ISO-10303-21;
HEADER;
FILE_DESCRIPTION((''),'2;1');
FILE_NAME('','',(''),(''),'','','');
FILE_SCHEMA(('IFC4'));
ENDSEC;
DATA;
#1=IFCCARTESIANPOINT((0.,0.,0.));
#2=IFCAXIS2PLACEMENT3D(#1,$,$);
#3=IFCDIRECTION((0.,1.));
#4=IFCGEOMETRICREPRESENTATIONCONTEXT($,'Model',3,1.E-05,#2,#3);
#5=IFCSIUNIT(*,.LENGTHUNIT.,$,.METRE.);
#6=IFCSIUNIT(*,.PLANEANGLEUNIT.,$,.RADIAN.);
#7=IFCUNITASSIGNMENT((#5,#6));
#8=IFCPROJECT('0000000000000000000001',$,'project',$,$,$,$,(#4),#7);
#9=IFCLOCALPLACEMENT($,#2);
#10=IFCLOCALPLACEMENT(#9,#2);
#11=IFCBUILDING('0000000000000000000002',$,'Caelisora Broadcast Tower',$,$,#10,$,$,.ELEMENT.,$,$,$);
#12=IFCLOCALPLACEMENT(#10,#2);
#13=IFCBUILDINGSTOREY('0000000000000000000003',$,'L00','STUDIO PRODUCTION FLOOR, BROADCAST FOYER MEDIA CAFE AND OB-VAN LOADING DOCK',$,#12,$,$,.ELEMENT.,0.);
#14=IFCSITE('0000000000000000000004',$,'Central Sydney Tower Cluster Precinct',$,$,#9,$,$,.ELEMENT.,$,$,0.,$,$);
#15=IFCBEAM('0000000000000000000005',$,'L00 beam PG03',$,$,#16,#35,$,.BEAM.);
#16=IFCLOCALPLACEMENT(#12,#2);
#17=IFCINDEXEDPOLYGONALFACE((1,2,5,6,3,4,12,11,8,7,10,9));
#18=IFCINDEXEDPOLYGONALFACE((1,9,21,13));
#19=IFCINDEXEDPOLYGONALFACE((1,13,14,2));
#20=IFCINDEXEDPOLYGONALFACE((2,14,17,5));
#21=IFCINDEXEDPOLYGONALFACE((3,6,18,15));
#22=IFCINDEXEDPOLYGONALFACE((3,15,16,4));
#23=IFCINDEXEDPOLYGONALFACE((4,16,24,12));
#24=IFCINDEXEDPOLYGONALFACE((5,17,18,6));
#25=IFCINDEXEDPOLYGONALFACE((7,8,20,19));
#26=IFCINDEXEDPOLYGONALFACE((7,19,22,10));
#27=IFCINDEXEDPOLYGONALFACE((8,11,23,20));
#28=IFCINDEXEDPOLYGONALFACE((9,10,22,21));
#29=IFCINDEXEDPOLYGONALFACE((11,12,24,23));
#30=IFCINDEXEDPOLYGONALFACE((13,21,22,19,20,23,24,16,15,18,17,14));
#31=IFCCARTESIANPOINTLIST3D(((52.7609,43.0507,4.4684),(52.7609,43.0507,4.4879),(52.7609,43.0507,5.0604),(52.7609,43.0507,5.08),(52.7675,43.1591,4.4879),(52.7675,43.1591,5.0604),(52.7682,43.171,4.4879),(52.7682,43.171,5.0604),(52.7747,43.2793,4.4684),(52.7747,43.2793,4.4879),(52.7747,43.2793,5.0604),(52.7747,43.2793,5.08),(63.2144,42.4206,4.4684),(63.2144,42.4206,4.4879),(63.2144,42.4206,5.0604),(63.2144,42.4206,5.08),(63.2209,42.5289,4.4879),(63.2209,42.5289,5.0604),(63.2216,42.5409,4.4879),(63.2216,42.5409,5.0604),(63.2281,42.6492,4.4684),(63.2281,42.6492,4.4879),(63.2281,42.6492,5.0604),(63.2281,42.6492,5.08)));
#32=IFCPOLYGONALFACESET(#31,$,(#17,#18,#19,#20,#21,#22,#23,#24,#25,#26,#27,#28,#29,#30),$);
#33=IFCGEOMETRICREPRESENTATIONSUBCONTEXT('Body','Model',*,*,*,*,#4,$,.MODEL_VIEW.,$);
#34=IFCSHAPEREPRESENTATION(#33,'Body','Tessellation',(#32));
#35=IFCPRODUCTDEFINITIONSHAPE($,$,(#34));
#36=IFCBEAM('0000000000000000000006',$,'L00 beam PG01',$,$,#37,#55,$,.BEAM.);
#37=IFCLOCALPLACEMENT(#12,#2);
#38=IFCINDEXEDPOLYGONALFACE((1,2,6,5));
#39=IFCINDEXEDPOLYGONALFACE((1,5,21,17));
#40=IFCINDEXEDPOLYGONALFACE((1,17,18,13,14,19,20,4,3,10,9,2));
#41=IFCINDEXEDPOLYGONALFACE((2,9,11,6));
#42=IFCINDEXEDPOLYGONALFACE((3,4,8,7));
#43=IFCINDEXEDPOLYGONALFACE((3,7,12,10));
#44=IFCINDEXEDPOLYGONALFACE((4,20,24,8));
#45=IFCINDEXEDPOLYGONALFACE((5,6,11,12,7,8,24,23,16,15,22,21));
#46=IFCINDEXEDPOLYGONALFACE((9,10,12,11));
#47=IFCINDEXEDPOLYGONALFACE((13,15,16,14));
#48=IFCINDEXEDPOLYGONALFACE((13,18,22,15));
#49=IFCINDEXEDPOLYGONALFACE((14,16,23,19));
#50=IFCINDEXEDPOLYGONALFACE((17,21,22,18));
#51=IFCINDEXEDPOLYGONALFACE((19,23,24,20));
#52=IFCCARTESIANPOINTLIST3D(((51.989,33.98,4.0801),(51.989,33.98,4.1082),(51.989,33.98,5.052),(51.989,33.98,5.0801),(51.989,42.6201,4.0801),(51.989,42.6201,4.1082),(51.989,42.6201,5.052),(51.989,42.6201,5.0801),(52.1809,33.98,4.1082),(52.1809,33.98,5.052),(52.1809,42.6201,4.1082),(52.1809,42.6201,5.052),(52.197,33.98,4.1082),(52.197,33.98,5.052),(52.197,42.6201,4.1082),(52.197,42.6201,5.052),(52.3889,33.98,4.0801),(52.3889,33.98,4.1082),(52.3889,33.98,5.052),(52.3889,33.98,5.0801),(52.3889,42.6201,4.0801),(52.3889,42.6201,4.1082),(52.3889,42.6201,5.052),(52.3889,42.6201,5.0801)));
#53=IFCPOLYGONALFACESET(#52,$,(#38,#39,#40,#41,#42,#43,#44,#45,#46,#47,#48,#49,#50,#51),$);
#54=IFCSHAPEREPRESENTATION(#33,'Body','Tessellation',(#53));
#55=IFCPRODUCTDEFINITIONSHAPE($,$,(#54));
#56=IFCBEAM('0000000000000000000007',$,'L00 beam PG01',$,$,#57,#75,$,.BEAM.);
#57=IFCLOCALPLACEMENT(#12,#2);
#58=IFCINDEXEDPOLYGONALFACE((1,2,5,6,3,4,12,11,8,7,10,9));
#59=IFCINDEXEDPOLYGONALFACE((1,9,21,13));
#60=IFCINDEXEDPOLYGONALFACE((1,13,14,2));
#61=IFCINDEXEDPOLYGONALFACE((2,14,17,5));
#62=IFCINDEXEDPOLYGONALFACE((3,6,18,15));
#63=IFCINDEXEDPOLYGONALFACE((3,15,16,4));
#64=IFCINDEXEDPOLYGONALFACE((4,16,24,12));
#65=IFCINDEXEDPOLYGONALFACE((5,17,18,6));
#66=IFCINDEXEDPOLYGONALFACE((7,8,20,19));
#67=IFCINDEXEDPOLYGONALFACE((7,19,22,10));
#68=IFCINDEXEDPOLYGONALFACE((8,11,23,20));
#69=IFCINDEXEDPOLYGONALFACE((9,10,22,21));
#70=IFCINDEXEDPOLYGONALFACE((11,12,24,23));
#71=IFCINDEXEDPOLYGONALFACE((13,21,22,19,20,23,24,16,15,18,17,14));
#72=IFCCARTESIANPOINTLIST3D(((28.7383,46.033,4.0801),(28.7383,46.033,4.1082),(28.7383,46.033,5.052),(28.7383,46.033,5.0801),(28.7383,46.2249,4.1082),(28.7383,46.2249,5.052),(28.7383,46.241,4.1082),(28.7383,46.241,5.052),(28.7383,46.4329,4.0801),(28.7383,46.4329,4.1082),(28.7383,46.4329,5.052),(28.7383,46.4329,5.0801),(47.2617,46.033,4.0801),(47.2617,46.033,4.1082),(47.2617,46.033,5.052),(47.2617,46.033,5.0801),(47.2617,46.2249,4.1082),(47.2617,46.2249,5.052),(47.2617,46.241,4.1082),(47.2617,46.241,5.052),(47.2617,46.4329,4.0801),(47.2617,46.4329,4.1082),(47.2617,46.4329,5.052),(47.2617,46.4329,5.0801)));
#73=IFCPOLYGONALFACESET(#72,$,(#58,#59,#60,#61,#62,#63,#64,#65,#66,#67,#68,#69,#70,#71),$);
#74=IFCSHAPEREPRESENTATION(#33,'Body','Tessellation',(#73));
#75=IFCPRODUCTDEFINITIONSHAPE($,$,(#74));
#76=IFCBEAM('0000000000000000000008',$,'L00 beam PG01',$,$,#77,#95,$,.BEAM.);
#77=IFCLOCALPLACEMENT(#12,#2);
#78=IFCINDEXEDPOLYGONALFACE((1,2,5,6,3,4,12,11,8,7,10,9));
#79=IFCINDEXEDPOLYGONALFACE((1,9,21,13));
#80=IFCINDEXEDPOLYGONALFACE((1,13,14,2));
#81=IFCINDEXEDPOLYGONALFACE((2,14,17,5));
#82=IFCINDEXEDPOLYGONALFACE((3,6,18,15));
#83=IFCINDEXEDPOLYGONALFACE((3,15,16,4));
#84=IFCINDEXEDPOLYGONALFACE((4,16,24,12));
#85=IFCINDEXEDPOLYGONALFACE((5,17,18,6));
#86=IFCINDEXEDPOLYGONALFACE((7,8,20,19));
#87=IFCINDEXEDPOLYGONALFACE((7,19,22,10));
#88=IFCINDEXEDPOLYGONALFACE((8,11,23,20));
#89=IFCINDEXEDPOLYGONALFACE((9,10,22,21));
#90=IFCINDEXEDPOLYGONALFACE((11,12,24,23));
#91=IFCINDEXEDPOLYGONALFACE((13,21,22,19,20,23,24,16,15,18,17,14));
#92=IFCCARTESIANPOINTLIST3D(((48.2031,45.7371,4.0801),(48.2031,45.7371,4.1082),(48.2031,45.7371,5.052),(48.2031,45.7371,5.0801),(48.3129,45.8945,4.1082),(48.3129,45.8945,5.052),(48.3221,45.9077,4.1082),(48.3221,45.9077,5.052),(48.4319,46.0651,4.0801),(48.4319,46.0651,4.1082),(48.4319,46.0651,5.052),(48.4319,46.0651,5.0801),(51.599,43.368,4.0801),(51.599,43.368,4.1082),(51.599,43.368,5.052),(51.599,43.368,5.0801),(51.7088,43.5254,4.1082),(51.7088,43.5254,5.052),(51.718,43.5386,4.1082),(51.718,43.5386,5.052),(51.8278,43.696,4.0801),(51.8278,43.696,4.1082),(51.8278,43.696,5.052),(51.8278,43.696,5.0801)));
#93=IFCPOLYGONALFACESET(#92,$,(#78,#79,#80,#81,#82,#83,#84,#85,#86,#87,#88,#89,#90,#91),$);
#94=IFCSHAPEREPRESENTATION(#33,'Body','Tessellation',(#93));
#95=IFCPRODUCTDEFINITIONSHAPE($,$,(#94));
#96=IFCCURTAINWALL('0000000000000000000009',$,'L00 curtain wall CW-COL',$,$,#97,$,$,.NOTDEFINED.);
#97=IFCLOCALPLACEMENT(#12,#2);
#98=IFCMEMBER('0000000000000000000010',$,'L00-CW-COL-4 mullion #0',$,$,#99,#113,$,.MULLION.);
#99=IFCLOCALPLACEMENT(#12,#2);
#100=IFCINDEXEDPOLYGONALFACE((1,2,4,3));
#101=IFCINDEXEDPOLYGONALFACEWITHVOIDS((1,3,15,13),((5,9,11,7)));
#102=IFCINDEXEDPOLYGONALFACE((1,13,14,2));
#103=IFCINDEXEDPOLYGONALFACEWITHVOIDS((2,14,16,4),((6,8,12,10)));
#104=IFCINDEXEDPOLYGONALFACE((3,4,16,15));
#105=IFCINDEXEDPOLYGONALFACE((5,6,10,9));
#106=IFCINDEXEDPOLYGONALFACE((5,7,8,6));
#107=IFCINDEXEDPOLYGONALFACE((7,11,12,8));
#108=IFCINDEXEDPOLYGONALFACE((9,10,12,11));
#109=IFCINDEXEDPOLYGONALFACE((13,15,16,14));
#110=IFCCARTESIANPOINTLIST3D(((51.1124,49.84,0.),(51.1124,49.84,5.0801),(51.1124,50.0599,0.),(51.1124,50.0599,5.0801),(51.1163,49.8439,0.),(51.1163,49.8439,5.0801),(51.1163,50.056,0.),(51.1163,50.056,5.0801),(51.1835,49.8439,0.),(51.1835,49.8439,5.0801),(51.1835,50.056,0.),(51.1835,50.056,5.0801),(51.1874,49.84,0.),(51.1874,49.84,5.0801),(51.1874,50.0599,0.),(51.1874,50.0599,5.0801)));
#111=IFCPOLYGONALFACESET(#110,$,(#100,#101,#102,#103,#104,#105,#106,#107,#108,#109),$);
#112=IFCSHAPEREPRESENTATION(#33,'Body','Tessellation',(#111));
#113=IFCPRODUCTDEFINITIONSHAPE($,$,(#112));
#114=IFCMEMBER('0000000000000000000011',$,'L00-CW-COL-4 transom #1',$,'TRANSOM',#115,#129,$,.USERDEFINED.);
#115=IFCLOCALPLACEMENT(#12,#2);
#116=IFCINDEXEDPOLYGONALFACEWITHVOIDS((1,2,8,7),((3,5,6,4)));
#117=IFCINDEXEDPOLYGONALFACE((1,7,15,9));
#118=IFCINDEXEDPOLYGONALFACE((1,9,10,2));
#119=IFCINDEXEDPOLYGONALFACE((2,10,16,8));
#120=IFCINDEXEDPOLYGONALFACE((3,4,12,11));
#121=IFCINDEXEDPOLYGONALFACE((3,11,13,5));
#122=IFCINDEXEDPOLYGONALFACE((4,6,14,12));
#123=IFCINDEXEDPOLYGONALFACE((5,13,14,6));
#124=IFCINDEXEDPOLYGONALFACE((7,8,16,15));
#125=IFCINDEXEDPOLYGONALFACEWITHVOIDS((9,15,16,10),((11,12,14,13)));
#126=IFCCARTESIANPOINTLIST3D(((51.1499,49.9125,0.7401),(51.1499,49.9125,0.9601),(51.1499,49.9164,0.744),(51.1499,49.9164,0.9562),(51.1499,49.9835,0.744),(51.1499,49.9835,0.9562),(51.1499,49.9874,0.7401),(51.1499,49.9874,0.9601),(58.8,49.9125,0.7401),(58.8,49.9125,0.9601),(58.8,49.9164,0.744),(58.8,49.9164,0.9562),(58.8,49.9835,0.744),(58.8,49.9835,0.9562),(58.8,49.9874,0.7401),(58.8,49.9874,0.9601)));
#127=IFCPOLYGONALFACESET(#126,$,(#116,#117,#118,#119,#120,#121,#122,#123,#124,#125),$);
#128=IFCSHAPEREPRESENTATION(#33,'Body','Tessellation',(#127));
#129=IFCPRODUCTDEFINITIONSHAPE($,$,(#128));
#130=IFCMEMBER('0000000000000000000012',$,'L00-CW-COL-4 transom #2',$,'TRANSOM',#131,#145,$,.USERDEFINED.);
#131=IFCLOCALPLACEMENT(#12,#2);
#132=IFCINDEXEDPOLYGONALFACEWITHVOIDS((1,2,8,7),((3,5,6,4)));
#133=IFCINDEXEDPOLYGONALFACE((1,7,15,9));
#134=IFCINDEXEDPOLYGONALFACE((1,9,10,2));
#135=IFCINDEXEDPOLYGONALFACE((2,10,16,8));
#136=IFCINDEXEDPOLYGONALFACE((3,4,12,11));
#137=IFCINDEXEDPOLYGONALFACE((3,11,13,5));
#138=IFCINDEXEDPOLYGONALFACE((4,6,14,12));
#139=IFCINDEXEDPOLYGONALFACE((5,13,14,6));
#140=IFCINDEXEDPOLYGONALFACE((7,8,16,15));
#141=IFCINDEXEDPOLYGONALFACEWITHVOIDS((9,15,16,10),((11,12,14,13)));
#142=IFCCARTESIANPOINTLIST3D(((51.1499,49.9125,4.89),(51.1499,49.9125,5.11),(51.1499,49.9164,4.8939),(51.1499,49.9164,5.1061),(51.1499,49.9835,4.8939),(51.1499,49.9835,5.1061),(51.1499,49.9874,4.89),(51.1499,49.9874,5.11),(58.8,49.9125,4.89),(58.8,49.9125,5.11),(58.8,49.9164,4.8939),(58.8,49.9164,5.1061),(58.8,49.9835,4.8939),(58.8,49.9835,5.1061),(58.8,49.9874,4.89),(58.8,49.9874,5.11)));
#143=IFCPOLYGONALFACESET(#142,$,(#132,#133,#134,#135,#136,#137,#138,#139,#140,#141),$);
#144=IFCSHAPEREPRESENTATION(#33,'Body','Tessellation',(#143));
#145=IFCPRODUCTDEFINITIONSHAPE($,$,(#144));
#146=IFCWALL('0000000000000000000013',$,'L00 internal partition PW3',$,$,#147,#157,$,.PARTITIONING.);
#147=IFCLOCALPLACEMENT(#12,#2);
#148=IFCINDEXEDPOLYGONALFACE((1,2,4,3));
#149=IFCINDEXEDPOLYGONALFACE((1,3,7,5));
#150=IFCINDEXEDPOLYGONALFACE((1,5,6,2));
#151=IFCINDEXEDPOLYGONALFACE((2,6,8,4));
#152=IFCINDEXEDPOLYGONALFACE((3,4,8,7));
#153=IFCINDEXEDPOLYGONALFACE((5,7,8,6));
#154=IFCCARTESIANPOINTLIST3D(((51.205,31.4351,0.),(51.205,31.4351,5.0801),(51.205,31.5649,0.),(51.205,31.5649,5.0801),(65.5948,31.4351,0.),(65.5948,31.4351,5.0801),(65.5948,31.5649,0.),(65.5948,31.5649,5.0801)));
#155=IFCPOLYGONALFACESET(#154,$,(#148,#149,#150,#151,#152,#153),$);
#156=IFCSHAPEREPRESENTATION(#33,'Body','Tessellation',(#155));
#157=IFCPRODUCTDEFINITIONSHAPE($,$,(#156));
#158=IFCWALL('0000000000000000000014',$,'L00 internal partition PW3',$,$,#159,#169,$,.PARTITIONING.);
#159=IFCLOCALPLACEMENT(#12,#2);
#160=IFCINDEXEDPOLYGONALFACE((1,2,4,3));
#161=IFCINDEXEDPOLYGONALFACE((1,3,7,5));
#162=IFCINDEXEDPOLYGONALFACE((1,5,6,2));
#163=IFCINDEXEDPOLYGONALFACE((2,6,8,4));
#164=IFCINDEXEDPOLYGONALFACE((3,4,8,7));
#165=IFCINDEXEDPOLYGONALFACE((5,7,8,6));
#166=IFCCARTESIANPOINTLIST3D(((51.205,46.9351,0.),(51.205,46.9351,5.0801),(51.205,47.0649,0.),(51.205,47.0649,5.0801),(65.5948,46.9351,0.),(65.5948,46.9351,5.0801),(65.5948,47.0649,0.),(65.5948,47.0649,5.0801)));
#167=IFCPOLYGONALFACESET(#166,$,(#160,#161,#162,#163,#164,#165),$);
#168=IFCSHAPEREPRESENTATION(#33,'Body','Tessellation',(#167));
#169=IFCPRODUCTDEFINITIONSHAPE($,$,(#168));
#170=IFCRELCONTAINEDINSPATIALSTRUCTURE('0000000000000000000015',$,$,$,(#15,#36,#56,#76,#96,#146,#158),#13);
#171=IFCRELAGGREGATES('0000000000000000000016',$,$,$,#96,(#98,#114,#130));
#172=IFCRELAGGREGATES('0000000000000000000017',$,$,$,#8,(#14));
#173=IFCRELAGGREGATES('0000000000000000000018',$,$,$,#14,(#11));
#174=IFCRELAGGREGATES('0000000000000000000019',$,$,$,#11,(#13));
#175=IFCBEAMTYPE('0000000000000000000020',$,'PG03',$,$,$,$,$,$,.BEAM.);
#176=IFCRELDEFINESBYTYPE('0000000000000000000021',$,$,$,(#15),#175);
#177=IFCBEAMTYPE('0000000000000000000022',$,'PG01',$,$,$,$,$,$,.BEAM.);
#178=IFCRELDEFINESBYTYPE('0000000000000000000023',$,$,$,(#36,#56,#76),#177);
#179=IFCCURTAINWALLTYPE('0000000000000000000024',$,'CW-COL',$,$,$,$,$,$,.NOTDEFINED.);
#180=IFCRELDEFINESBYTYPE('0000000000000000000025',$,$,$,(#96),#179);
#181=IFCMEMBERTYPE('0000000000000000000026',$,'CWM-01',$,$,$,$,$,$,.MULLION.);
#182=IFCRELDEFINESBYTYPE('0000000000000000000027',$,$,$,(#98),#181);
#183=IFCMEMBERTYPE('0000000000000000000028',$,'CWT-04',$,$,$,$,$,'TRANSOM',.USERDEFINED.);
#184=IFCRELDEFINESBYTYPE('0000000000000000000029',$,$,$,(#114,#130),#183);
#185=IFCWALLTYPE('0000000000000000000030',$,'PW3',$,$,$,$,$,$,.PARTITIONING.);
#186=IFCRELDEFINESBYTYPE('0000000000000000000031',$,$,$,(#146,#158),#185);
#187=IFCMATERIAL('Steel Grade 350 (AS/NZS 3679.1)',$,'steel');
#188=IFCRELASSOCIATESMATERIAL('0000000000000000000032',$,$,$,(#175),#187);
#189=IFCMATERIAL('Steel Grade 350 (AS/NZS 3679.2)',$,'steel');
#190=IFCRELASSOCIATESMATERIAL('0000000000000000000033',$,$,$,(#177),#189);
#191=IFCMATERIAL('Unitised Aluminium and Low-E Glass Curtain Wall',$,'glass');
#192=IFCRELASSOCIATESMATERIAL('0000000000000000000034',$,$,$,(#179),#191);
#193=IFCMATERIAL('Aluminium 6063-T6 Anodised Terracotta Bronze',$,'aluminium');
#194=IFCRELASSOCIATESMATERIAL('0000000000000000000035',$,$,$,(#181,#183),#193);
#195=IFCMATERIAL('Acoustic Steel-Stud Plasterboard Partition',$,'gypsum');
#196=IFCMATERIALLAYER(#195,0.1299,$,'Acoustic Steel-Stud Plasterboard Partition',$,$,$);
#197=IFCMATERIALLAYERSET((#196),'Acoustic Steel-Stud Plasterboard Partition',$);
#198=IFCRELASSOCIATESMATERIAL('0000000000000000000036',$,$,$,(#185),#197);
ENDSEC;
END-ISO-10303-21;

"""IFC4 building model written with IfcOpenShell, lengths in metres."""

from ifc_helpers import new_model, si_unit, direction, frame, frame_2d, origin, origin_2d, place, context, subcontext, project, spatial, rectangle, hollow_rectangle, i_section, extrude, source, transform, mapped, material, layer, layer_set, material_profile, profile_set, type_object, type_shapes, element, aggregate, save


model = new_model("IFC4")

# Units and contexts
model_context = context("Model", 3, precision=1e-05, world=origin(), true_north=direction((0.0, 1.0)))
body_context = subcontext(model_context, "Body", "Model", "MODEL_VIEW")
ifc_project = project(units=[si_unit("LENGTHUNIT", "METRE"), si_unit("PLANEANGLEUNIT", "RADIAN")], contexts=[model_context])

# Site, building, storey
site_placement = place(None, origin())
site = spatial("IfcSite", under=ifc_project, at=site_placement, Name="Central Sydney Tower Cluster Precinct", CompositionType="ELEMENT", RefElevation=0.0)
building_placement = place(site_placement, origin())
building = spatial("IfcBuilding", under=site, at=building_placement, Name="Caelisora Broadcast Tower", CompositionType="ELEMENT")
storey_placement = place(building_placement, origin())
storey = spatial("IfcBuildingStorey", under=building, at=storey_placement, Name="L00", Description="STUDIO PRODUCTION FLOOR, BROADCAST FOYER MEDIA CAFE AND OB-VAN LOADING DOCK", CompositionType="ELEMENT", Elevation=0.0)

# Beams
ifc_material_1 = material(Name="Steel Grade 350 (AS/NZS 3679.2)", Category="steel")
ifc_material_2 = material(Name="Steel Grade 350 (AS/NZS 3679.1)", Category="steel")
ifc_material_profile_1 = material_profile(ifc_material_2, i_section(OverallWidth=0.229, OverallDepth=0.6116, WebThickness=0.012, FlangeThickness=0.0195, at=origin_2d()), Name="Steel Grade 350 (AS/NZS 3679.1)")
ifc_profile_set_1 = profile_set([ifc_material_profile_1], Name="Steel Grade 350 (AS/NZS 3679.1)")
beam_type_1 = type_object("IfcBeamType", Name="PG03", PredefinedType="BEAM", material=ifc_profile_set_1)
shared_shape_1 = source(origin(), body_context, "Body", "SweptSolid", [
    extrude(i_section(OverallWidth=0.229, OverallDepth=0.6116, WebThickness=0.012, FlangeThickness=0.0195, at=origin_2d()), origin(), (0.0, 0.0, 1.0), 10.4724),
])
beam_1_placement = place(storey_placement, frame((52.7678, 43.165, 4.7742), z_axis=(0.998188, -0.060171, 0.0), x_axis=(0.060171, 0.998188, 0.0)))
element("IfcBeam", 1, at=beam_1_placement, inside=storey, type_object=beam_type_1, Name="L00 beam PG03", PredefinedType="BEAM", context=body_context, shape_type="MappedRepresentation", body=[
    mapped(shared_shape_1, transform((0.0, 0.0, 0.0), scale=1.0)),
])
ifc_material_profile_2 = material_profile(ifc_material_1, i_section(OverallWidth=0.3999, OverallDepth=1.0, WebThickness=0.0161, FlangeThickness=0.0281, at=origin_2d()), Name="Steel Grade 350 (AS/NZS 3679.2)")
ifc_profile_set_2 = profile_set([ifc_material_profile_2], Name="Steel Grade 350 (AS/NZS 3679.2)")
beam_type_2 = type_object("IfcBeamType", Name="PG01", PredefinedType="BEAM", material=ifc_profile_set_2)
shared_shape_2 = source(origin(), body_context, "Body", "SweptSolid", [
    extrude(i_section(OverallWidth=0.3999, OverallDepth=1.0, WebThickness=0.0161, FlangeThickness=0.0281, at=origin_2d()), origin(), (0.0, 0.0, 1.0), 8.6401),
])
beam_2_placement = place(storey_placement, frame((52.189, 33.98, 4.5801), z_axis=(0.0, 1.0, 0.0), x_axis=(-1.0, 0.0, 0.0)))
element("IfcBeam", 2, at=beam_2_placement, inside=storey, type_object=beam_type_2, Name="L00 beam PG01", PredefinedType="BEAM", context=body_context, shape_type="MappedRepresentation", body=[
    mapped(shared_shape_2, transform((0.0, 0.0, 0.0), scale=1.0)),
])
shared_shape_3 = source(origin(), body_context, "Body", "SweptSolid", [
    extrude(i_section(OverallWidth=0.3999, OverallDepth=1.0, WebThickness=0.0161, FlangeThickness=0.0281, at=origin_2d()), origin(), (0.0, 0.0, 1.0), 18.5234),
])
beam_3_placement = place(storey_placement, frame((47.2617, 46.2329, 4.5801), z_axis=(-1.0, 0.0, 0.0), x_axis=(0.0, -1.0, 0.0)))
element("IfcBeam", 3, at=beam_3_placement, inside=storey, type_object=beam_type_2, Name="L00 beam PG01", PredefinedType="BEAM", context=body_context, shape_type="MappedRepresentation", body=[
    mapped(shared_shape_3, transform((0.0, 0.0, 0.0), scale=1.0)),
])
shared_shape_4 = source(origin(), body_context, "Body", "SweptSolid", [
    extrude(i_section(OverallWidth=0.3999, OverallDepth=1.0, WebThickness=0.0161, FlangeThickness=0.0281, at=origin_2d()), origin(), (0.0, 0.0, 1.0), 4.1406),
])
type_shapes(beam_type_2, [shared_shape_2, shared_shape_3, shared_shape_4])
beam_4_placement = place(storey_placement, frame((51.7134, 43.532, 4.5801), z_axis=(-0.820145, 0.572156, 0.0), x_axis=(-0.572156, -0.820145, 0.0)))
element("IfcBeam", 4, at=beam_4_placement, inside=storey, type_object=beam_type_2, Name="L00 beam PG01", PredefinedType="BEAM", context=body_context, shape_type="MappedRepresentation", body=[
    mapped(shared_shape_4, transform((0.0, 0.0, 0.0), scale=1.0)),
])

# Curtain wall, members
ifc_material_3 = material(Name="Unitised Aluminium and Low-E Glass Curtain Wall", Category="glass")
curtain_wall_type = type_object("IfcCurtainWallType", Name="CW-COL", PredefinedType="NOTDEFINED", material=ifc_material_3)
curtain_wall_placement = place(storey_placement, origin())
curtain_wall = element("IfcCurtainWall", 5, at=curtain_wall_placement, inside=storey, type_object=curtain_wall_type, Name="L00 curtain wall CW-COL", PredefinedType="NOTDEFINED")
ifc_material_4 = material(Name="Aluminium 6063-T6 Anodised Terracotta Bronze", Category="aluminium")
ifc_material_profile_3 = material_profile(ifc_material_4, hollow_rectangle(XDim=0.075, YDim=0.22, WallThickness=0.0039, at=origin_2d()), Name="Aluminium 6063-T6 Anodised Terracotta Bronze")
ifc_profile_set_3 = profile_set([ifc_material_profile_3], Name="Aluminium 6063-T6 Anodised Terracotta Bronze")
member_type_1 = type_object("IfcMemberType", Name="CWM-01", PredefinedType="MULLION", material=ifc_profile_set_3)
shared_shape_5 = source(origin(), body_context, "Body", "SweptSolid", [
    extrude(hollow_rectangle(XDim=0.075, YDim=0.22, WallThickness=0.0039, at=origin_2d()), origin(), (0.0, 0.0, 1.0), 5.0801),
])
type_shapes(member_type_1, [shared_shape_5])
member_1_placement = place(storey_placement, frame((51.1499, 49.95, 0.0), z_axis=(0.0, 0.0, 1.0), x_axis=(1.0, 0.0, 0.0)))
member_1 = element("IfcMember", 6, at=member_1_placement, type_object=member_type_1, Name="L00-CW-COL-4 mullion #0", PredefinedType="MULLION", context=body_context, shape_type="MappedRepresentation", body=[
    mapped(shared_shape_5, transform((0.0, 0.0, 0.0), scale=1.0)),
])
ifc_material_profile_4 = material_profile(ifc_material_4, hollow_rectangle(XDim=0.075, YDim=0.22, WallThickness=0.0039, at=origin_2d()), Name="Aluminium 6063-T6 Anodised Terracotta Bronze")
ifc_profile_set_4 = profile_set([ifc_material_profile_4], Name="Aluminium 6063-T6 Anodised Terracotta Bronze")
member_type_2 = type_object("IfcMemberType", Name="CWT-04", ElementType="TRANSOM", PredefinedType="USERDEFINED", material=ifc_profile_set_4)
shared_shape_6 = source(origin(), body_context, "Body", "SweptSolid", [
    extrude(hollow_rectangle(XDim=0.075, YDim=0.22, WallThickness=0.0039, at=origin_2d()), origin(), (0.0, 0.0, 1.0), 7.6501),
])
type_shapes(member_type_2, [shared_shape_6])
member_2_placement = place(storey_placement, frame((51.1499, 49.95, 0.8501), z_axis=(1.0, 0.0, 0.0), x_axis=(0.0, 1.0, 0.0)))
member_2 = element("IfcMember", 7, at=member_2_placement, type_object=member_type_2, Name="L00-CW-COL-4 transom #1", ObjectType="TRANSOM", PredefinedType="USERDEFINED", context=body_context, shape_type="MappedRepresentation", body=[
    mapped(shared_shape_6, transform((0.0, 0.0, 0.0), scale=1.0)),
])
member_3_placement = place(storey_placement, frame((51.1499, 49.95, 5.0), z_axis=(1.0, 0.0, 0.0), x_axis=(0.0, 1.0, 0.0)))
member_3 = element("IfcMember", 8, at=member_3_placement, type_object=member_type_2, Name="L00-CW-COL-4 transom #2", ObjectType="TRANSOM", PredefinedType="USERDEFINED", context=body_context, shape_type="MappedRepresentation", body=[
    mapped(shared_shape_6, transform((0.0, 0.0, 0.0), scale=1.0)),
])
aggregate(curtain_wall, [member_1, member_2, member_3])

# Walls
ifc_material_5 = material(Name="Acoustic Steel-Stud Plasterboard Partition", Category="gypsum")
ifc_layer_1 = layer(ifc_material_5, 0.1299, Name="Acoustic Steel-Stud Plasterboard Partition")
ifc_layer_set_1 = layer_set([ifc_layer_1], Name="Acoustic Steel-Stud Plasterboard Partition")
wall_type = type_object("IfcWallType", Name="PW3", PredefinedType="PARTITIONING", material=ifc_layer_set_1)
for number, where, z_axis, x_axis, name in (
    (9, (51.2051, 31.5, 0.0), (0.0, 0.0, 1.0), (1.0, 0.0, 0.0), "L00 internal partition PW3"),
    (10, (51.2051, 47.0, 0.0), (0.0, 0.0, 1.0), (1.0, 0.0, 0.0), "L00 internal partition PW3"),
):
    element("IfcWall", number, at=place(storey_placement, frame(where, z_axis=z_axis, x_axis=x_axis)), inside=storey, type_object=wall_type, Name=name, PredefinedType="PARTITIONING", context=body_context, shape_type="SweptSolid", body=[
        extrude(rectangle(XDim=14.3899, YDim=0.1299, at=frame_2d((7.1948, 0.0))), origin(), (0.0, 0.0, 1.0), 5.0801),
    ])

save(model, "model.ifc")
